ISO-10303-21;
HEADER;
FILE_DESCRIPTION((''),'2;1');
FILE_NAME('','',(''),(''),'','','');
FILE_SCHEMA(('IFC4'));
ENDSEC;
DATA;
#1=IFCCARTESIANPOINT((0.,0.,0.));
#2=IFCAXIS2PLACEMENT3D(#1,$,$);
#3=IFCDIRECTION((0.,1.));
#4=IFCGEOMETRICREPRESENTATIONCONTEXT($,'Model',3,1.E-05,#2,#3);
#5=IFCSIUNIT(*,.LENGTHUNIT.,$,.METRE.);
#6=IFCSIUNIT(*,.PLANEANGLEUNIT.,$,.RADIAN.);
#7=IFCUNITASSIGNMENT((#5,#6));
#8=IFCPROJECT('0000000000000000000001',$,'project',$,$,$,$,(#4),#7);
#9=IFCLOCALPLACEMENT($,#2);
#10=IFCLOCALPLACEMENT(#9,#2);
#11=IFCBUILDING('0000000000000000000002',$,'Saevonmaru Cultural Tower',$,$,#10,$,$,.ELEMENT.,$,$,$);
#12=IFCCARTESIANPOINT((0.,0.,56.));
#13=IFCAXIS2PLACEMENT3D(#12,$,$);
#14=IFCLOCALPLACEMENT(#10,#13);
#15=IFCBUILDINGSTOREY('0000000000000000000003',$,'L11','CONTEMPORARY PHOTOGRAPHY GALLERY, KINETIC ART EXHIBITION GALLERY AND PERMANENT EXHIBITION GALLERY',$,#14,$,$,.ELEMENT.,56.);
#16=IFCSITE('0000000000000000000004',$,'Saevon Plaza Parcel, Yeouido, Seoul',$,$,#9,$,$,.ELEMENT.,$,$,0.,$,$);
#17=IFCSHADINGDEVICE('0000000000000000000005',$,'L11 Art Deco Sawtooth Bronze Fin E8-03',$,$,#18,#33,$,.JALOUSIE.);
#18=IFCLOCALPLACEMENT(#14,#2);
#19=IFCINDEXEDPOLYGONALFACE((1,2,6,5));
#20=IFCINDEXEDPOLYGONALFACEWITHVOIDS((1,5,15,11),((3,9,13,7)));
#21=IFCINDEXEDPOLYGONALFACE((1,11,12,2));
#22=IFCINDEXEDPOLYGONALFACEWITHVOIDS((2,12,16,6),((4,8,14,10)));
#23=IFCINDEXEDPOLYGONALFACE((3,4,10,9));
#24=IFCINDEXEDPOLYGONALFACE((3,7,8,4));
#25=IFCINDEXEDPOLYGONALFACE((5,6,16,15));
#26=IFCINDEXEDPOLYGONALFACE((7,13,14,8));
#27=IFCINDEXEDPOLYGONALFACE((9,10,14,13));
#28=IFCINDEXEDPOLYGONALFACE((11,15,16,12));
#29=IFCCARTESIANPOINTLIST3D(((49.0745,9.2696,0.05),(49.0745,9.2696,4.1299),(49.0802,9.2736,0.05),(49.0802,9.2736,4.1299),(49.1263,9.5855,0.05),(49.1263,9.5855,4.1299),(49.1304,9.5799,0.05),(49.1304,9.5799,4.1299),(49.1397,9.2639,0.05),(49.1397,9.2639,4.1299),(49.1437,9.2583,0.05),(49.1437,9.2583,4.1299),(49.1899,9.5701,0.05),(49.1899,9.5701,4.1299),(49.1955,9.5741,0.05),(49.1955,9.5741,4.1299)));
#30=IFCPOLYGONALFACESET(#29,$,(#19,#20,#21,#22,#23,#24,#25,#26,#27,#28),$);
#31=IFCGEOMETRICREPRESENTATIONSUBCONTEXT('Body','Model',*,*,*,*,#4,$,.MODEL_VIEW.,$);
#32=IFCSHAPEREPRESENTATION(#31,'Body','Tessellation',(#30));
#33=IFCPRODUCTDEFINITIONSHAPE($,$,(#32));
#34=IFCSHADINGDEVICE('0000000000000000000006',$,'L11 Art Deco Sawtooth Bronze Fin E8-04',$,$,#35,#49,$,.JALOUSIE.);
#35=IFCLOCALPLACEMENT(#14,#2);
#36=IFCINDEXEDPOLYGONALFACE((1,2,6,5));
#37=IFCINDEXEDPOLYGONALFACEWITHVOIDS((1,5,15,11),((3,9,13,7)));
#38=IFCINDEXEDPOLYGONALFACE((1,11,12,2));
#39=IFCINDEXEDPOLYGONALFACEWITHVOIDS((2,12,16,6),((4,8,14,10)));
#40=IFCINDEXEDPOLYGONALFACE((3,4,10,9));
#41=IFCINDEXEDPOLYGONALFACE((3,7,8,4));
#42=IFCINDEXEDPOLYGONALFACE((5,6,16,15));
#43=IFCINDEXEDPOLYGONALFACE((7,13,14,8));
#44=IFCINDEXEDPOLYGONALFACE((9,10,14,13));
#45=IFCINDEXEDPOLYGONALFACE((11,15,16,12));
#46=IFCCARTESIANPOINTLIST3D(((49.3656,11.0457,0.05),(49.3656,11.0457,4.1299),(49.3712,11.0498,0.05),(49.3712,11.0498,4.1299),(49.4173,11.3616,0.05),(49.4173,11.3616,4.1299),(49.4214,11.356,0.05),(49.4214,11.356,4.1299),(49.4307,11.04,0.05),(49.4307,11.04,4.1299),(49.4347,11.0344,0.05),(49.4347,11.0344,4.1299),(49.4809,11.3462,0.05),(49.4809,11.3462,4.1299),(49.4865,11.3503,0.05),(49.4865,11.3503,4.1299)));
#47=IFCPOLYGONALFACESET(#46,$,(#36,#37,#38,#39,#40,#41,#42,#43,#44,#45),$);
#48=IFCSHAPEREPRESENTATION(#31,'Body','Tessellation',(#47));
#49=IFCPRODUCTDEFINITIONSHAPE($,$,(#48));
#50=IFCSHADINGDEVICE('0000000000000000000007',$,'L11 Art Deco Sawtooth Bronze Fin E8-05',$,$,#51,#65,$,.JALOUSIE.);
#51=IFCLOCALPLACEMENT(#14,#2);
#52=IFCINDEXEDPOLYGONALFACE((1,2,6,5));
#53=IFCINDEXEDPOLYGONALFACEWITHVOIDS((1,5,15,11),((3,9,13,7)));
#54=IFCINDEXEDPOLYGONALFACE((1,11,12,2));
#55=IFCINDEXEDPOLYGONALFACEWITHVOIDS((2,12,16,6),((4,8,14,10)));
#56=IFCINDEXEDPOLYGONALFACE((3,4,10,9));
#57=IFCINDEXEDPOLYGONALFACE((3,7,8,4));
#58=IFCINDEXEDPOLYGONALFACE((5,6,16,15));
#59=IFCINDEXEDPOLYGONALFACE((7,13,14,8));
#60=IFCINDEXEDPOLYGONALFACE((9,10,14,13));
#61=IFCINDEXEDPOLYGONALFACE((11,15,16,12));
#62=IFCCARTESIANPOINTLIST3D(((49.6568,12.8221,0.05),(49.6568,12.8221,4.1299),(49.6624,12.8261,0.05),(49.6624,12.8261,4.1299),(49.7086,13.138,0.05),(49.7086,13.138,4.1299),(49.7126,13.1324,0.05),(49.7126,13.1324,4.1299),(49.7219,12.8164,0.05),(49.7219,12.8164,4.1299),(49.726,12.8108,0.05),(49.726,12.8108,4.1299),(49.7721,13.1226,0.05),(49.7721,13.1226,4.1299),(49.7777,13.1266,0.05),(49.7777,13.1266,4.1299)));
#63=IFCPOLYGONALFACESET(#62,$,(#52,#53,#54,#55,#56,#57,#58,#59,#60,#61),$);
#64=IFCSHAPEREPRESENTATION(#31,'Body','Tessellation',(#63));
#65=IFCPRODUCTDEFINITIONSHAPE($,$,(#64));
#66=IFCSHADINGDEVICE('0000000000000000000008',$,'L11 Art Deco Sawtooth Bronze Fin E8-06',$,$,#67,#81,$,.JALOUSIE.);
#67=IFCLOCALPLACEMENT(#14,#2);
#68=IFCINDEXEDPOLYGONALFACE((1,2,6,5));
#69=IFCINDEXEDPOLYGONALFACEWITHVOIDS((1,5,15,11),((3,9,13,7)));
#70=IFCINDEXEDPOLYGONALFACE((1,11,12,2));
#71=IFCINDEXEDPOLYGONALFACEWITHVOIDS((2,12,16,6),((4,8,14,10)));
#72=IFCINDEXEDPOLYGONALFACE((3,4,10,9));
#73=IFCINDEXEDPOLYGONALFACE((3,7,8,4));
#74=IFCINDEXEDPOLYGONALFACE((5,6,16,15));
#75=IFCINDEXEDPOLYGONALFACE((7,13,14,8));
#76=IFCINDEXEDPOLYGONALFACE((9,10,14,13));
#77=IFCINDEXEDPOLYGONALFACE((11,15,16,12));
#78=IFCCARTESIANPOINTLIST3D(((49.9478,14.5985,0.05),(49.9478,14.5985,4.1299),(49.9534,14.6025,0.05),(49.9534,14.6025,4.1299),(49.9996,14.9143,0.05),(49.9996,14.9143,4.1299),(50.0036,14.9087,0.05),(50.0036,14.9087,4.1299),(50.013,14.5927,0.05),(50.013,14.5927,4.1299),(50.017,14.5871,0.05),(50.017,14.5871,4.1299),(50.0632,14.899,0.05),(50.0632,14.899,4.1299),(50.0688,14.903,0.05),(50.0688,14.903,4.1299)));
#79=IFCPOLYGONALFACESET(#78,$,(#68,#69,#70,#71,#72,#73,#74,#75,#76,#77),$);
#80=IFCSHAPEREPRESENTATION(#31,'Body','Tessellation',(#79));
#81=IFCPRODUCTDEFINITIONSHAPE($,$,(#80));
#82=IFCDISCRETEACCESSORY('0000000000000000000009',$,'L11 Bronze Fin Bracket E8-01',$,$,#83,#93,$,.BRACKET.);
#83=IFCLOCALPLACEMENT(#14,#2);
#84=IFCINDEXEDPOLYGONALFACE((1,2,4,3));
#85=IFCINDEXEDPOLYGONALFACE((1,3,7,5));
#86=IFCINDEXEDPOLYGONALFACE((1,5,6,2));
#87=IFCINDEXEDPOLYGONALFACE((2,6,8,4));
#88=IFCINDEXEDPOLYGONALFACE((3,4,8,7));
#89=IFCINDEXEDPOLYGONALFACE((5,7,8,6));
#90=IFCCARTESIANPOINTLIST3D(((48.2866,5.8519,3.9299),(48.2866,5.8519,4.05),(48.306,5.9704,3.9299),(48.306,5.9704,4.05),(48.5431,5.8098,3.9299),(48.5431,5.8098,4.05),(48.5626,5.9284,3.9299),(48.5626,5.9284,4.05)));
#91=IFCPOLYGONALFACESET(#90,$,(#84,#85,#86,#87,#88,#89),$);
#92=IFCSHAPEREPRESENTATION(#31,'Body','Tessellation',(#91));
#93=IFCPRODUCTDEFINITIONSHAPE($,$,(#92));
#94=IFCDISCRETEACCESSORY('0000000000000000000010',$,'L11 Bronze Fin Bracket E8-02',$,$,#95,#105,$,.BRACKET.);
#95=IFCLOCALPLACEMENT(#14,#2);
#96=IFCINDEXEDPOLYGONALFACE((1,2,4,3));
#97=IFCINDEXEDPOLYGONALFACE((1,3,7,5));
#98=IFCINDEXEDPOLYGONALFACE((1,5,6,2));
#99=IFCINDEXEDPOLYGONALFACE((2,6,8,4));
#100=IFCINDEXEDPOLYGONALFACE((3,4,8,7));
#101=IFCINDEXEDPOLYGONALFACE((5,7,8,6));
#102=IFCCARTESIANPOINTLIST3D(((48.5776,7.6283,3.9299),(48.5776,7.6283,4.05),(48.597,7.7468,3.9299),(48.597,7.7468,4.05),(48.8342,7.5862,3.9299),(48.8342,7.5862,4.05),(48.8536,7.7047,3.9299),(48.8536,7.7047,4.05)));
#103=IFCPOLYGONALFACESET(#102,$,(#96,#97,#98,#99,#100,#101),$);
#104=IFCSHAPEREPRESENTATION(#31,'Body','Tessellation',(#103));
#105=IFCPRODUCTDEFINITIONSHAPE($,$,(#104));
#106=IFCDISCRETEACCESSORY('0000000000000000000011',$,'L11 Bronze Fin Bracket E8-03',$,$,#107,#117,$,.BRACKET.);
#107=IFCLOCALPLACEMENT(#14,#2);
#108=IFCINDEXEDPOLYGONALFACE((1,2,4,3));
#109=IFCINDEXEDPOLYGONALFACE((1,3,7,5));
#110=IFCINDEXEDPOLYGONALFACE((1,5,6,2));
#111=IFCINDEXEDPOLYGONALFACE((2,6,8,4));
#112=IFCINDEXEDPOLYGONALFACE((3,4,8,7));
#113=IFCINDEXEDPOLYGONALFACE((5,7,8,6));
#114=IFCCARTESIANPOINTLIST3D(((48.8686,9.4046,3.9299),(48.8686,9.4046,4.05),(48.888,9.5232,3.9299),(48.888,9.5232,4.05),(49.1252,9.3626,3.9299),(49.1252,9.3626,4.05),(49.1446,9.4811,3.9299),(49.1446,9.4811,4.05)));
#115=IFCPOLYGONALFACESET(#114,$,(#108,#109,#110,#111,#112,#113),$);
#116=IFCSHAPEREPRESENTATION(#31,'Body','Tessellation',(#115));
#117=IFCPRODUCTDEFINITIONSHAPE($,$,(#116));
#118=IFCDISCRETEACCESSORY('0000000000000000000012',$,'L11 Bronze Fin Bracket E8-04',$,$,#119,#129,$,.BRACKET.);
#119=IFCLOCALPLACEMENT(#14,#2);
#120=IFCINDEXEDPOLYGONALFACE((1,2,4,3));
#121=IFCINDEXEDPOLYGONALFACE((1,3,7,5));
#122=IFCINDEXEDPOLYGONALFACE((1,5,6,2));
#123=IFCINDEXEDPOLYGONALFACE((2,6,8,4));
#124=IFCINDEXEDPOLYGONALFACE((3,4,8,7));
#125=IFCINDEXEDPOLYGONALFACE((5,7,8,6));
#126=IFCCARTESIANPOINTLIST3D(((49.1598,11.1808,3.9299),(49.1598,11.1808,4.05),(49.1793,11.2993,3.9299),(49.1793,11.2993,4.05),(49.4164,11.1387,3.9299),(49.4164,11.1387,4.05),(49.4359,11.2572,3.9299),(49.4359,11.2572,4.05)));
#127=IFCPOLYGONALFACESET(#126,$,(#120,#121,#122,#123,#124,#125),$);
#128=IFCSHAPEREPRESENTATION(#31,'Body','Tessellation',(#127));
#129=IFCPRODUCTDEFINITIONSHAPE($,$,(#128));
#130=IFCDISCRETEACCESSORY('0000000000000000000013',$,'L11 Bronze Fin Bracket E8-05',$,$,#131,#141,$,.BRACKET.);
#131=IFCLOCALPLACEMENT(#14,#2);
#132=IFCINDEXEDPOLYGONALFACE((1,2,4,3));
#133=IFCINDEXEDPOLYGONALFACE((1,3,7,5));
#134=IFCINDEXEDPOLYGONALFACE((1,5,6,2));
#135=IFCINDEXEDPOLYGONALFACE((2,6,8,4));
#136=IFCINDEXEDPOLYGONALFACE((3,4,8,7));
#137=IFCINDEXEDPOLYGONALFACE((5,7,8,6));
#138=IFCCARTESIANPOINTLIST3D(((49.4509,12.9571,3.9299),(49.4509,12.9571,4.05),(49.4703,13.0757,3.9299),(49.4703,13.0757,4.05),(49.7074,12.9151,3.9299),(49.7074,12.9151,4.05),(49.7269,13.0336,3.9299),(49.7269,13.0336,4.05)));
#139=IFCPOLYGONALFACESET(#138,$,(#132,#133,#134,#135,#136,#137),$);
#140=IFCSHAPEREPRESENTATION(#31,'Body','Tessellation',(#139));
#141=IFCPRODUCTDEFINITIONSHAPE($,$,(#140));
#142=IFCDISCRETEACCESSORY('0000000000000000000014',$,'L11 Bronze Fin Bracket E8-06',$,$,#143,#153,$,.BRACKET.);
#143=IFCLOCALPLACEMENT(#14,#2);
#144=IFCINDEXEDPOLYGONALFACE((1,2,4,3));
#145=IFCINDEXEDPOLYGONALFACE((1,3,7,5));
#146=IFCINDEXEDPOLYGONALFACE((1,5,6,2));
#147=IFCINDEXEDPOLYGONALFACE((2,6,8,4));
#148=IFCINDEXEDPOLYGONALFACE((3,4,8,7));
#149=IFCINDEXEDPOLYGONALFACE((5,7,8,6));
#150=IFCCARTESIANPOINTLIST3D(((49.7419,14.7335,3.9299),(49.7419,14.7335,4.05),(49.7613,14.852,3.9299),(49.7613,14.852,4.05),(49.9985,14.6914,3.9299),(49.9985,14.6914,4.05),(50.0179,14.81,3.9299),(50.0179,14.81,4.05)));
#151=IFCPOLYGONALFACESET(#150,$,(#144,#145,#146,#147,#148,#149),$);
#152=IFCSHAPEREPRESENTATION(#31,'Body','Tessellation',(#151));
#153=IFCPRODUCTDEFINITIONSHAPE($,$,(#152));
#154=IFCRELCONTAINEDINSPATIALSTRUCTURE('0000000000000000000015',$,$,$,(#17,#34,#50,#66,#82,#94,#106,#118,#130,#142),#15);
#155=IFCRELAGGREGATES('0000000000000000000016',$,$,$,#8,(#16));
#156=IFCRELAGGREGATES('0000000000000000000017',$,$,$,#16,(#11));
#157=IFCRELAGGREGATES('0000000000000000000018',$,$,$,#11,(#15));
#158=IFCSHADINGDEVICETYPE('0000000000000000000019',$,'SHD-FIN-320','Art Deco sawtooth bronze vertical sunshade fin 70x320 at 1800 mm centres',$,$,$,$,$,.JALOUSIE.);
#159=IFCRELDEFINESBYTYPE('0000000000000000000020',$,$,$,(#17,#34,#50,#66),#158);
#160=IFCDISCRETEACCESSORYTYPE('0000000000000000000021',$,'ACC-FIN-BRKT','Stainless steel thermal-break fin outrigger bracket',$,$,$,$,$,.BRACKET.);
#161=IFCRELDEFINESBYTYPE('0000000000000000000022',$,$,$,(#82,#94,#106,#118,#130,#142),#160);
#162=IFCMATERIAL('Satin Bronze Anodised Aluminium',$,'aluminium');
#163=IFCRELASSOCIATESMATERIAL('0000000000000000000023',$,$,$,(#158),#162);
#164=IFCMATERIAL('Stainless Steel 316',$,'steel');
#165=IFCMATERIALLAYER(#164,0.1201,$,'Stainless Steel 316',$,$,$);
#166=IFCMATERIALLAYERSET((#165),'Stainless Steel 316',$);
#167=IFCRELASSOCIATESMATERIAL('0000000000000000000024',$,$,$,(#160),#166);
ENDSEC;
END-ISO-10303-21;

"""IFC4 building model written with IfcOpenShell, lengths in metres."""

from ifc_helpers import new_model, si_unit, direction, frame, origin, origin_2d, place, context, subcontext, project, spatial, rectangle, hollow_rectangle, extrude, material, layer, layer_set, material_profile, profile_set, type_object, element, save


model = new_model("IFC4")

# Units and contexts
model_context = context("Model", 3, precision=1e-05, world=origin(), true_north=direction((0.0, 1.0)))
body_context = subcontext(model_context, "Body", "Model", "MODEL_VIEW")
ifc_project = project(units=[si_unit("LENGTHUNIT", "METRE"), si_unit("PLANEANGLEUNIT", "RADIAN")], contexts=[model_context])

# Site, building, storey
site_placement = place(None, origin())
site = spatial("IfcSite", under=ifc_project, at=site_placement, Name="Saevon Plaza Parcel, Yeouido, Seoul", CompositionType="ELEMENT", RefElevation=0.0)
building_placement = place(site_placement, origin())
building = spatial("IfcBuilding", under=site, at=building_placement, Name="Saevonmaru Cultural Tower", CompositionType="ELEMENT")
storey_placement = place(building_placement, frame((0.0, 0.0, 56.0)))
storey = spatial("IfcBuildingStorey", under=building, at=storey_placement, Name="L11", Description="CONTEMPORARY PHOTOGRAPHY GALLERY, KINETIC ART EXHIBITION GALLERY AND PERMANENT EXHIBITION GALLERY", CompositionType="ELEMENT", Elevation=56.0)

# Shared definitions
ifc_material_1 = material(Name="Satin Bronze Anodised Aluminium", Category="aluminium")

# Shading devices
ifc_material_profile_1 = material_profile(ifc_material_1, hollow_rectangle(XDim=0.0701, YDim=0.3201, WallThickness=0.0049, at=origin_2d()), Name="FIN-320x70")
ifc_profile_set_1 = profile_set([ifc_material_profile_1], Name="Satin Bronze Anodised Aluminium")
shading_device_type = type_object("IfcShadingDeviceType", Name="SHD-FIN-320", Description="Art Deco sawtooth bronze vertical sunshade fin 70x320 at 1800 mm centres", PredefinedType="JALOUSIE", material=ifc_profile_set_1)
for number, where, z_axis, x_axis, name in (
    (1, (49.135, 9.4219, 0.05), (0.0, 0.0, 1.0), (0.986827, -0.161776, 0.0), "L11 Art Deco Sawtooth Bronze Fin E8-03"),
    (2, (49.426, 11.198, 0.05), (0.0, 0.0, 1.0), (0.986827, -0.161776, 0.0), "L11 Art Deco Sawtooth Bronze Fin E8-04"),
    (3, (49.7173, 12.9744, 0.05), (0.0, 0.0, 1.0), (0.986827, -0.161776, 0.0), "L11 Art Deco Sawtooth Bronze Fin E8-05"),
    (4, (50.0083, 14.7507, 0.05), (0.0, 0.0, 1.0), (0.986827, -0.161776, 0.0), "L11 Art Deco Sawtooth Bronze Fin E8-06"),
):
    element("IfcShadingDevice", number, at=place(storey_placement, frame(where, z_axis=z_axis, x_axis=x_axis)), inside=storey, type_object=shading_device_type, Name=name, PredefinedType="JALOUSIE", context=body_context, shape_type="SweptSolid", body=[
        extrude(hollow_rectangle(XDim=0.0701, YDim=0.3201, WallThickness=0.0049, at=origin_2d()), origin(), (0.0, 0.0, 1.0), 4.0798),
    ])

# Discrete accessories
ifc_material_2 = material(Name="Stainless Steel 316", Category="steel")
ifc_layer_1 = layer(ifc_material_2, 0.1201, Name="Stainless Steel 316")
ifc_layer_set_1 = layer_set([ifc_layer_1], Name="Stainless Steel 316")
discrete_accessory_type = type_object("IfcDiscreteAccessoryType", Name="ACC-FIN-BRKT", Description="Stainless steel thermal-break fin outrigger bracket", PredefinedType="BRACKET", material=ifc_layer_set_1)
for number, where, z_axis, x_axis, name in (
    (5, (48.4246, 5.8901, 3.9299), (0.0, 0.0, 1.0), (0.986827, -0.161776, 0.0), "L11 Bronze Fin Bracket E8-01"),
    (6, (48.7156, 7.6665, 3.9299), (0.0, 0.0, 1.0), (0.986827, -0.161776, 0.0), "L11 Bronze Fin Bracket E8-02"),
    (7, (49.0066, 9.4429, 3.9299), (0.0, 0.0, 1.0), (0.986827, -0.161776, 0.0), "L11 Bronze Fin Bracket E8-03"),
    (8, (49.2979, 11.219, 3.9299), (0.0, 0.0, 1.0), (0.986827, -0.161776, 0.0), "L11 Bronze Fin Bracket E8-04"),
    (9, (49.5889, 12.9954, 3.9299), (0.0, 0.0, 1.0), (0.986827, -0.161776, 0.0), "L11 Bronze Fin Bracket E8-05"),
    (10, (49.8799, 14.7717, 3.9299), (0.0, 0.0, 1.0), (0.986827, -0.161776, 0.0), "L11 Bronze Fin Bracket E8-06"),
):
    element("IfcDiscreteAccessory", number, at=place(storey_placement, frame(where, z_axis=z_axis, x_axis=x_axis)), inside=storey, type_object=discrete_accessory_type, Name=name, PredefinedType="BRACKET", context=body_context, shape_type="SweptSolid", body=[
        extrude(rectangle(XDim=0.26, YDim=0.1201, at=origin_2d()), origin(), (0.0, 0.0, 1.0), 0.1201),
    ])

save(model, "model.ifc")
